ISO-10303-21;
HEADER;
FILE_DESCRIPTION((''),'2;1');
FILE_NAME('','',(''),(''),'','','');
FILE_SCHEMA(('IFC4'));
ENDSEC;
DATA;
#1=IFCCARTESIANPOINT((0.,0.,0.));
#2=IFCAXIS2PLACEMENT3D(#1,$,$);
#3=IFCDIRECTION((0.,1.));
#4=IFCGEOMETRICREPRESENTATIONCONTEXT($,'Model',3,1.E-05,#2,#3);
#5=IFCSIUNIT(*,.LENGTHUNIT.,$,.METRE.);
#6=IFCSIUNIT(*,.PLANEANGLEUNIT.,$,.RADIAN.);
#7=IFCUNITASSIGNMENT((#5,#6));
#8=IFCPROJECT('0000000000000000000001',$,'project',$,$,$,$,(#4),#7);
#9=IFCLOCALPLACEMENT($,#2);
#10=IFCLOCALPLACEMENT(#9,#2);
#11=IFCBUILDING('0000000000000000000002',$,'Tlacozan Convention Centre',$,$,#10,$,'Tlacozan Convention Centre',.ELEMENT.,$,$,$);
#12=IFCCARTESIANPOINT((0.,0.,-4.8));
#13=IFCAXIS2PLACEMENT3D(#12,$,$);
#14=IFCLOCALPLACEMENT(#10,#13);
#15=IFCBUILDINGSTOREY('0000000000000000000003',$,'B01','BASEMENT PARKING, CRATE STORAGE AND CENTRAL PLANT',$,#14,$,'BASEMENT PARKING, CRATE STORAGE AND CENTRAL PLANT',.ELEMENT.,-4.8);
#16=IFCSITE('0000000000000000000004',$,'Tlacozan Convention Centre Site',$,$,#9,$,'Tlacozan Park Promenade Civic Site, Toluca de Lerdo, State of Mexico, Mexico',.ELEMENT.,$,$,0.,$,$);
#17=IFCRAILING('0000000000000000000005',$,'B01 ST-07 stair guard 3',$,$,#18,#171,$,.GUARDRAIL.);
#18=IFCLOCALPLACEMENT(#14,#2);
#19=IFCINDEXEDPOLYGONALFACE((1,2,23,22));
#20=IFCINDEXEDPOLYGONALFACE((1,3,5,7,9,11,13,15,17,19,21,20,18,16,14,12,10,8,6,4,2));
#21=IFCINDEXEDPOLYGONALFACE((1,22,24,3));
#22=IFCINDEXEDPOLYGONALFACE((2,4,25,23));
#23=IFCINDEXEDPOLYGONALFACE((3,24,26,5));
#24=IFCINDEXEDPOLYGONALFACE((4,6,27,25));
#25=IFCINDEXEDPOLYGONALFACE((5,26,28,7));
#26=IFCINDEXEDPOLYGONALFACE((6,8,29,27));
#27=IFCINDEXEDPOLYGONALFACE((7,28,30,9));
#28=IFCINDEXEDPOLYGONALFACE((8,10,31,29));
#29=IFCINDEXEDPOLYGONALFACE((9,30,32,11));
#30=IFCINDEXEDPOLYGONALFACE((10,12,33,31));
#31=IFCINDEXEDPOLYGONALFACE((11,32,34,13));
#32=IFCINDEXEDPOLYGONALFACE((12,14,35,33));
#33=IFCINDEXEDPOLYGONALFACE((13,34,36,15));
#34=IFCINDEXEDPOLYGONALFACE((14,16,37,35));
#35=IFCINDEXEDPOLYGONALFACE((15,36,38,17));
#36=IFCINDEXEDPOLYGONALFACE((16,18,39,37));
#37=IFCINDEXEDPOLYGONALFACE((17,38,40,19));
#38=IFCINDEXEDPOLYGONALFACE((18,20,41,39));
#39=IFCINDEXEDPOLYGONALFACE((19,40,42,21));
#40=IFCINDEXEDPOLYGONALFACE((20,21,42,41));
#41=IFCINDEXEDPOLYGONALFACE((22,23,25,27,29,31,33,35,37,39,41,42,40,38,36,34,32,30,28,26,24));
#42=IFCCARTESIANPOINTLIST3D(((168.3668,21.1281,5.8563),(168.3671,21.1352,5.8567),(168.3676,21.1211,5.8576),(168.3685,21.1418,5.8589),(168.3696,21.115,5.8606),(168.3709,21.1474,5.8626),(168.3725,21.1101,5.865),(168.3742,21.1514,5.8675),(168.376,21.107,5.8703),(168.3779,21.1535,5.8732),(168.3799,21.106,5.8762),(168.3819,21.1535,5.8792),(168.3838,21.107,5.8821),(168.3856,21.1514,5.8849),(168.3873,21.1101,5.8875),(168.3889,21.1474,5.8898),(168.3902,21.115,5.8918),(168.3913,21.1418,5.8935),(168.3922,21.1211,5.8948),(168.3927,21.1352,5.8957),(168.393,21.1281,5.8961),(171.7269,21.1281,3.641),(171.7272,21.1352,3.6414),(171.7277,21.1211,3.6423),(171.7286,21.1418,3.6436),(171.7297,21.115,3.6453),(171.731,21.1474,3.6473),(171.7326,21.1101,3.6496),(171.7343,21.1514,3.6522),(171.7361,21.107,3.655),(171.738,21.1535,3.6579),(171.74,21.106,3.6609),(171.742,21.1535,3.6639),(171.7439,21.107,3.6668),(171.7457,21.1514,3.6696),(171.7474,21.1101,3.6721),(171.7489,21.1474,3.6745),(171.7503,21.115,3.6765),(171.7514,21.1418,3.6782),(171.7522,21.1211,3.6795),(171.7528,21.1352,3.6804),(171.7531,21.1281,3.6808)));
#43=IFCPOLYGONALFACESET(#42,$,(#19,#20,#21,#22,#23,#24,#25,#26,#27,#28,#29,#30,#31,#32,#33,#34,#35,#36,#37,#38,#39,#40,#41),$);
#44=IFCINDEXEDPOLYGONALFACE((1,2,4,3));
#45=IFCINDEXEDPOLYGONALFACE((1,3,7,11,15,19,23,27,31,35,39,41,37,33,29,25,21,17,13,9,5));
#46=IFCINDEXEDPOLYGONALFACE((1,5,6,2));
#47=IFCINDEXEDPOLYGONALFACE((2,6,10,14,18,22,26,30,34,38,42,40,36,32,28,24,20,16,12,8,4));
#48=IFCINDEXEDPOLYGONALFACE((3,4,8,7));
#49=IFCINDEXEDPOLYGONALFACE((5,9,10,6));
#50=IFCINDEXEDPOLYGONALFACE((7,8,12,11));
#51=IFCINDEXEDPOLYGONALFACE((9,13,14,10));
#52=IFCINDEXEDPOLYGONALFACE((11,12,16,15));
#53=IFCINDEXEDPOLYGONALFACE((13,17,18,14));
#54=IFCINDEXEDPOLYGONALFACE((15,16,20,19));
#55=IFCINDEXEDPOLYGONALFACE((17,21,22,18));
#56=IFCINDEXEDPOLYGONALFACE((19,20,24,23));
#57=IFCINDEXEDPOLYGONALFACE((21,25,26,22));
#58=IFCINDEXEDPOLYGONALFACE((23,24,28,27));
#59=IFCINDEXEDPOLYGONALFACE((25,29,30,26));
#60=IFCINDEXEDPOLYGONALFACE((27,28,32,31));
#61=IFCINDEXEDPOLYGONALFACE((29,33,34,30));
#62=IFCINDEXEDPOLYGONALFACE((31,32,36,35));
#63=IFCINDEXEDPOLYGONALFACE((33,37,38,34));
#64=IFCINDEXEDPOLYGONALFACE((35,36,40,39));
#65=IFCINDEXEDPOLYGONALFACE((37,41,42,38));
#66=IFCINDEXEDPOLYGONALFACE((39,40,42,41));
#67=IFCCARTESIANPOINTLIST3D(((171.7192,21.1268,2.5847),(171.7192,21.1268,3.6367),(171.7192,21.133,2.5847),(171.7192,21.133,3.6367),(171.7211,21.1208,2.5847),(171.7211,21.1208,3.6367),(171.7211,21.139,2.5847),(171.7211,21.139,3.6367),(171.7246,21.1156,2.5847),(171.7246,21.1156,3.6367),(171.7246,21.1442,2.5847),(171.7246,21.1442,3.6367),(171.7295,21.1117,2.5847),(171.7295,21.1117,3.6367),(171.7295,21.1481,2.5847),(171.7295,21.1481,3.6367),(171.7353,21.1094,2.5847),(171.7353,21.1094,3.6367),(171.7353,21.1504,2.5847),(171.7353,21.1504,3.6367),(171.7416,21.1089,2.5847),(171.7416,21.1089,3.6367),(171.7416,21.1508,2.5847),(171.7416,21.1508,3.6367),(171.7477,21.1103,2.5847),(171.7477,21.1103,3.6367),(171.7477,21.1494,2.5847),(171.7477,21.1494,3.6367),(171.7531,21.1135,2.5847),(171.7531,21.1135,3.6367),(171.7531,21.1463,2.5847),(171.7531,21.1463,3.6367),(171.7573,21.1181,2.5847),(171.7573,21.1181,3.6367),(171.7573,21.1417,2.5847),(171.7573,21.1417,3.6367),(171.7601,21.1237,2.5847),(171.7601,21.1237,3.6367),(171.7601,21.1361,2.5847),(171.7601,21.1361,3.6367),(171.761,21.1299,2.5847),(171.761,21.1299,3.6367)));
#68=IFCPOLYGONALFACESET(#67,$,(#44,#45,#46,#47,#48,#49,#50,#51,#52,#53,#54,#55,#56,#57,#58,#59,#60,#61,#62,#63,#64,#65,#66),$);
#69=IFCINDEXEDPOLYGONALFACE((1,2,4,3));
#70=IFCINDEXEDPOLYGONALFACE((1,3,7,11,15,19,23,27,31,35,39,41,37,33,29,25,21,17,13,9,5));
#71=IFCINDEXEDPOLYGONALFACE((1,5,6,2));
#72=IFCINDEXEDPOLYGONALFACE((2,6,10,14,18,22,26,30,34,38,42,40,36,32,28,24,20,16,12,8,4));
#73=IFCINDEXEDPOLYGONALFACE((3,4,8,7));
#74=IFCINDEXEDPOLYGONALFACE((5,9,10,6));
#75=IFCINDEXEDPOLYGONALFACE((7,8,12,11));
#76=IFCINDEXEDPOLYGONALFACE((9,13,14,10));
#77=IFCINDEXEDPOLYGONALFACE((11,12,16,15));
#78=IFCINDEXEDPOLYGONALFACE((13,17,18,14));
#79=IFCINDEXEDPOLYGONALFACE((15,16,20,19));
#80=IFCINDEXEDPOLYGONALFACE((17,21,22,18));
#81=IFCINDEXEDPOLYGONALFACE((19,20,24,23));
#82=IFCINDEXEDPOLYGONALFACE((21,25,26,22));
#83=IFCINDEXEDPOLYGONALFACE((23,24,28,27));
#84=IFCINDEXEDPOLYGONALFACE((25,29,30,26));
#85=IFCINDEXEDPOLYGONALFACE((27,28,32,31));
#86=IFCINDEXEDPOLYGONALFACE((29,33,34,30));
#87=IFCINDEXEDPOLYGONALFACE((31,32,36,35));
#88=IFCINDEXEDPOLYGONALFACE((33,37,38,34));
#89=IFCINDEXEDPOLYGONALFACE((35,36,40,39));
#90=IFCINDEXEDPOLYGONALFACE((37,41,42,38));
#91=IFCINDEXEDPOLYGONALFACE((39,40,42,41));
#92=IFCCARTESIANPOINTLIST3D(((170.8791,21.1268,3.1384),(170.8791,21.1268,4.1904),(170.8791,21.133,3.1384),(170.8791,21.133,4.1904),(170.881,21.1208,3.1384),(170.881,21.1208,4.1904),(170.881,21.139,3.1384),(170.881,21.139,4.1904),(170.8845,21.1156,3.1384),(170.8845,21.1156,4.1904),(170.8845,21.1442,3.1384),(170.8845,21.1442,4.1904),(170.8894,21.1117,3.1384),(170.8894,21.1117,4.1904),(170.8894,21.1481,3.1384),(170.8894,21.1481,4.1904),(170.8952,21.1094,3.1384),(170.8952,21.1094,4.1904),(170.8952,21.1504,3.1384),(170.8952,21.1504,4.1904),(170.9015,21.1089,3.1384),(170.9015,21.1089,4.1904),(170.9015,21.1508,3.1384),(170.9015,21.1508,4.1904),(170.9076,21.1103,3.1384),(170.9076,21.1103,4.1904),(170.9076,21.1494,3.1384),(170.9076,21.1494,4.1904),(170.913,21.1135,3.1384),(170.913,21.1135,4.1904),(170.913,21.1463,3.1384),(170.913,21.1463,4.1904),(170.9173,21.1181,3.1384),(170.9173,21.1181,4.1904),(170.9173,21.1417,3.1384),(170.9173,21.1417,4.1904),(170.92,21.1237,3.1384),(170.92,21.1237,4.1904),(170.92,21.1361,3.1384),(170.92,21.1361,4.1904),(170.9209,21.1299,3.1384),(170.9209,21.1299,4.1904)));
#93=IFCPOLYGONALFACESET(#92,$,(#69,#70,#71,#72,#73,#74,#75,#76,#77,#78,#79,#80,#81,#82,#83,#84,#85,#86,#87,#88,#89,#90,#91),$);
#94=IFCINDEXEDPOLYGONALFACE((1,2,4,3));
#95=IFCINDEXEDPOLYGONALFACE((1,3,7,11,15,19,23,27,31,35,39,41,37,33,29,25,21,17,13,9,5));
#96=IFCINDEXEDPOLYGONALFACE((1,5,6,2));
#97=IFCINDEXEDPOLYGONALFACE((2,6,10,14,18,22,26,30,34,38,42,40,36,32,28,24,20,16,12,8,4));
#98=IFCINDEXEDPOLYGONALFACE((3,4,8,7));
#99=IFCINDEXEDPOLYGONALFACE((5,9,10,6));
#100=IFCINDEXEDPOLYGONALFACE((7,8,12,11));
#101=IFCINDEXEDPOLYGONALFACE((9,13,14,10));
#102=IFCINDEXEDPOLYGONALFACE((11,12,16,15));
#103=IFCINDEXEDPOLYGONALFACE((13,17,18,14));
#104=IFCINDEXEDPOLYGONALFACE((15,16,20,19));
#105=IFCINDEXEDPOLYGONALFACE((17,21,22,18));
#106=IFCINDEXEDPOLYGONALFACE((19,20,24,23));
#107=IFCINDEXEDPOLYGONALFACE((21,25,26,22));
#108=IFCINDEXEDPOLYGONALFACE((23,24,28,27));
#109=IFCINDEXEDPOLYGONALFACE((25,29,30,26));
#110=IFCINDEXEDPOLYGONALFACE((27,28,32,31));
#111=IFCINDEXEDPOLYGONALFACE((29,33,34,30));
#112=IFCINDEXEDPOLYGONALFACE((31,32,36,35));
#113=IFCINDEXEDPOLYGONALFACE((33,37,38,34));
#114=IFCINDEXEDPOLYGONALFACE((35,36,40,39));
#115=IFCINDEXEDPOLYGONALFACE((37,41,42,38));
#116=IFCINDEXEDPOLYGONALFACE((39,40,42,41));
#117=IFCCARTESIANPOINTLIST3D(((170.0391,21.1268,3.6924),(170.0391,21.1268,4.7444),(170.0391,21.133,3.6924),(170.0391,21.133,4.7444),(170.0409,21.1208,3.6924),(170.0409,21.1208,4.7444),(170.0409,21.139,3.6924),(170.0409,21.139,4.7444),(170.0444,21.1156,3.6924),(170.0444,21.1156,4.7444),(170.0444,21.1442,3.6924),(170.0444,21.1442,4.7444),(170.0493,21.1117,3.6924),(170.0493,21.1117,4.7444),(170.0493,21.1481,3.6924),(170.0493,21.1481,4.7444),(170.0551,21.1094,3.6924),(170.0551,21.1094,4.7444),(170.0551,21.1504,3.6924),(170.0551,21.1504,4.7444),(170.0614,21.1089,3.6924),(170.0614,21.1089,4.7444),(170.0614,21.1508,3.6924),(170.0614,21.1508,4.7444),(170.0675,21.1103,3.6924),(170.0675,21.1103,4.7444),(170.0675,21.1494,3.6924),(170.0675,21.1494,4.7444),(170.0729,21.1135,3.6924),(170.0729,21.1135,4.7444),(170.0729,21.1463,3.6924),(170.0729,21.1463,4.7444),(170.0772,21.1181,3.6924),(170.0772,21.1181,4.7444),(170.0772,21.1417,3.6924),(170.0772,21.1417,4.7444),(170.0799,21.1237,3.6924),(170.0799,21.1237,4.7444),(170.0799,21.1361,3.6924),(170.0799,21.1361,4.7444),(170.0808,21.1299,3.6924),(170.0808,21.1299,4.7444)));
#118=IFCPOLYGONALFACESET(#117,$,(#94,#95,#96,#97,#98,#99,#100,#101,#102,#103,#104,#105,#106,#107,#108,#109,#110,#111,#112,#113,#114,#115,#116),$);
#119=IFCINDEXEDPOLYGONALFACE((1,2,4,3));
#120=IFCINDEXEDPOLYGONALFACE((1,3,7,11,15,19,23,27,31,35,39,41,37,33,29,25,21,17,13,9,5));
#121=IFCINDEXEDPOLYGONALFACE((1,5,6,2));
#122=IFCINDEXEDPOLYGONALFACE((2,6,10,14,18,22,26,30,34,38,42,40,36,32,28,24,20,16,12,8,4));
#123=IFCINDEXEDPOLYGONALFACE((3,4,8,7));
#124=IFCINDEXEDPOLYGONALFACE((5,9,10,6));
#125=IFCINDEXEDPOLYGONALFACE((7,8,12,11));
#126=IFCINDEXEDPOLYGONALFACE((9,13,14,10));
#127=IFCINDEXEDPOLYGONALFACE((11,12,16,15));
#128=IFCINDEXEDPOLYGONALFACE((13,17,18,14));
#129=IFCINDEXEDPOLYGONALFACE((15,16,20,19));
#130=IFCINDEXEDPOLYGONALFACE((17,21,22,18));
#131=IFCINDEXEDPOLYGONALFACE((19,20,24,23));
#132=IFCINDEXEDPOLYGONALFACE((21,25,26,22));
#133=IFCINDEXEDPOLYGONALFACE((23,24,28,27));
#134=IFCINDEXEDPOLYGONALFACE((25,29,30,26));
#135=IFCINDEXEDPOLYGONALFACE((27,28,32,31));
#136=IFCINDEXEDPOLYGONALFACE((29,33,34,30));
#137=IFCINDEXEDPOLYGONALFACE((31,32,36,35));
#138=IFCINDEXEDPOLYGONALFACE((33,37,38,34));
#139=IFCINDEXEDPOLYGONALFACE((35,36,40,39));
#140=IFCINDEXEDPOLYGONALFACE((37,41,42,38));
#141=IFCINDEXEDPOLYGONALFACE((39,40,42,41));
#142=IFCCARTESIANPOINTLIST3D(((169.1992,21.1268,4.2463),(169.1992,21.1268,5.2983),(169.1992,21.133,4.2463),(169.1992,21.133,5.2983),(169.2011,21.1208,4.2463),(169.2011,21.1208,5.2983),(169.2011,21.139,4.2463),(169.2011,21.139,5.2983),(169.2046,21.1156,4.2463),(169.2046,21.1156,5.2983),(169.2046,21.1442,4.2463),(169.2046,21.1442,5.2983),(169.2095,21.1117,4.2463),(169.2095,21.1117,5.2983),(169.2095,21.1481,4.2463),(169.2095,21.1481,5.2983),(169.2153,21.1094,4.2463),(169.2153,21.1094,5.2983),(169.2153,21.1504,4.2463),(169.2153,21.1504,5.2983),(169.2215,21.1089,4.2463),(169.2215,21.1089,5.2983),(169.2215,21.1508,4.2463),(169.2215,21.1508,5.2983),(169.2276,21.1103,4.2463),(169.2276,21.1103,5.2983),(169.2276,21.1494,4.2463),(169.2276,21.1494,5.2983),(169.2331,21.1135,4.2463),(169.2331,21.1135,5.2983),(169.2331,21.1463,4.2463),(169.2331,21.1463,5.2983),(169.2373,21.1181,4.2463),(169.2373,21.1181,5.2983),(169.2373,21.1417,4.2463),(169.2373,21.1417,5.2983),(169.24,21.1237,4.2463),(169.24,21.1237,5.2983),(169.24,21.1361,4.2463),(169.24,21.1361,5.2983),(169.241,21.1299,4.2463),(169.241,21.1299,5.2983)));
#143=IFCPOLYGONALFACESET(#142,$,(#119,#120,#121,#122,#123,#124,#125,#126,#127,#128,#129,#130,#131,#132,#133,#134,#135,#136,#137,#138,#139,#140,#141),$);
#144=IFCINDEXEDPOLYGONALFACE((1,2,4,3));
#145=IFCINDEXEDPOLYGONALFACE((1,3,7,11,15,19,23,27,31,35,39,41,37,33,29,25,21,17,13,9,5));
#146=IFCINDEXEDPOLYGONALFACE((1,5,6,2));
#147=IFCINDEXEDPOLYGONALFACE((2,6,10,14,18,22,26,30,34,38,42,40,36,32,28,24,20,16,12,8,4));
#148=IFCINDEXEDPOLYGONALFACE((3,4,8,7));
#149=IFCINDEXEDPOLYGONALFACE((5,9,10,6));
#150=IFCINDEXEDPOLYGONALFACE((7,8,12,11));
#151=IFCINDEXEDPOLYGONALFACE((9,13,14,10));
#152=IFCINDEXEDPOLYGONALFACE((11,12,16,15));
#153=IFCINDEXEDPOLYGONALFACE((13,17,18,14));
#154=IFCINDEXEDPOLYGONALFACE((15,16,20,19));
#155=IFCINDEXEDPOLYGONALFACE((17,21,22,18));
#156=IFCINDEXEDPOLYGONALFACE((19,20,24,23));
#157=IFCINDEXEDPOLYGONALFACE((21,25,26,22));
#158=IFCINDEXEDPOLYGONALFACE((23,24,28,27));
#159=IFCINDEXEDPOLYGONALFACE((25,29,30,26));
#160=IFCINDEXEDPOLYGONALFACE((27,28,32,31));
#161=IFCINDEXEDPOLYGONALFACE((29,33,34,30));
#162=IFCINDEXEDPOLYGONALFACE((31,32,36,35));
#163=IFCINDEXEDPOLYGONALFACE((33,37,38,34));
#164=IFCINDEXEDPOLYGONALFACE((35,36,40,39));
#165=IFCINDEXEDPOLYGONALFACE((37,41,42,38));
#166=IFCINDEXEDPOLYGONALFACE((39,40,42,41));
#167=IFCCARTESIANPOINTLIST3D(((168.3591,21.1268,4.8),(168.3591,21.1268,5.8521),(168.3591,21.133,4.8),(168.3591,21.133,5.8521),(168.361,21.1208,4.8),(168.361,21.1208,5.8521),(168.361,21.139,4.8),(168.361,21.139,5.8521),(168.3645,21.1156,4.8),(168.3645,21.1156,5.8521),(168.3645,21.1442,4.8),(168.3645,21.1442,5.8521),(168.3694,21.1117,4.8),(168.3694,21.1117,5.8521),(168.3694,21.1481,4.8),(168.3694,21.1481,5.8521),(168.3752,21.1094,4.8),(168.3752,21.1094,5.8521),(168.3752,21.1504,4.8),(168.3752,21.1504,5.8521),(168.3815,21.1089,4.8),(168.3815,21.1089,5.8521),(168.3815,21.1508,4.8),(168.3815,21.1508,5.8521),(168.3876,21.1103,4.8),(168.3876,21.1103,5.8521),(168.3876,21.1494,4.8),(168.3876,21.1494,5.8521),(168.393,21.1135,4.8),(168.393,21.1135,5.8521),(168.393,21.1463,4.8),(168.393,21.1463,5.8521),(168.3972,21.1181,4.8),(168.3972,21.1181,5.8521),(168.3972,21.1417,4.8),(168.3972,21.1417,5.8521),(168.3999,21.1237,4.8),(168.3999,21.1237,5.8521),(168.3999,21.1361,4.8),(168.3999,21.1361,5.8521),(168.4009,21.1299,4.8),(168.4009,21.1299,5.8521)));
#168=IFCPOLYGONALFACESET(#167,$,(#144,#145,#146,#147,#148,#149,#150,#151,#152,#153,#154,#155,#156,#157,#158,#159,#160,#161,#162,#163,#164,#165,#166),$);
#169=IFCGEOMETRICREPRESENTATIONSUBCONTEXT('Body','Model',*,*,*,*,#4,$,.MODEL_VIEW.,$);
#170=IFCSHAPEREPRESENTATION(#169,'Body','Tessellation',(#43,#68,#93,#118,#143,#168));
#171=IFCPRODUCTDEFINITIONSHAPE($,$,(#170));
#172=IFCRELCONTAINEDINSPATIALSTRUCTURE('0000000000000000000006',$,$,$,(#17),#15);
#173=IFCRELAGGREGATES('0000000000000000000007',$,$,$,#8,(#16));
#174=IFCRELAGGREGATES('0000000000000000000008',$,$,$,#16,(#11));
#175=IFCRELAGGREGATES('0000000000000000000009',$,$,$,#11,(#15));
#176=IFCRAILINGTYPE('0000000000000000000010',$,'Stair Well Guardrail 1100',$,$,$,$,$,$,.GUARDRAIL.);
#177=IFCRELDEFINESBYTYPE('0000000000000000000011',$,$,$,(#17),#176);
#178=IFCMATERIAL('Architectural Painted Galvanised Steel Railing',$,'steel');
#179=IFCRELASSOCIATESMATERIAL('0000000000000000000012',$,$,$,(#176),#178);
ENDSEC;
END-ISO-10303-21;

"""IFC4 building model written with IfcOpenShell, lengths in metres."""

from ifc_helpers import new_model, si_unit, direction, frame, origin, origin_2d, place, context, subcontext, project, spatial, circle, extrude, material, type_object, element, save


model = new_model("IFC4")

# Units and contexts
model_context = context("Model", 3, precision=1e-05, world=origin(), true_north=direction((0.0, 1.0)))
body_context = subcontext(model_context, "Body", "Model", "MODEL_VIEW")
ifc_project = project(units=[si_unit("LENGTHUNIT", "METRE"), si_unit("PLANEANGLEUNIT", "RADIAN")], contexts=[model_context])

# Site, building, storey
site_placement = place(None, origin())
site = spatial("IfcSite", under=ifc_project, at=site_placement, Name="Tlacozan Convention Centre Site", LongName="Tlacozan Park Promenade Civic Site, Toluca de Lerdo, State of Mexico, Mexico", CompositionType="ELEMENT", RefElevation=0.0)
building_placement = place(site_placement, origin())
building = spatial("IfcBuilding", under=site, at=building_placement, Name="Tlacozan Convention Centre", LongName="Tlacozan Convention Centre", CompositionType="ELEMENT")
storey_placement = place(building_placement, frame((0.0, 0.0, -4.8)))
storey = spatial("IfcBuildingStorey", under=building, at=storey_placement, Name="B01", Description="BASEMENT PARKING, CRATE STORAGE AND CENTRAL PLANT", LongName="BASEMENT PARKING, CRATE STORAGE AND CENTRAL PLANT", CompositionType="ELEMENT", Elevation=-4.8)

# Railing
ifc_material_1 = material(Name="Architectural Painted Galvanised Steel Railing", Category="steel")
railing_type_1 = type_object("IfcRailingType", Name="Stair Well Guardrail 1100", PredefinedType="GUARDRAIL", material=ifc_material_1)
railing_1_placement = place(storey_placement, frame((171.74, 21.1299, 2.5847)))
element("IfcRailing", 1, at=railing_1_placement, inside=storey, type_object=railing_type_1, Name="B01 ST-07 stair guard 3", PredefinedType="GUARDRAIL", context=body_context, shape_type="SweptSolid", body=[
    extrude(circle(Radius=0.0239, at=origin_2d()), frame((0.0, 0.0, 1.0762), z_axis=(-0.834876, 0.0, 0.550437), x_axis=(0.0, -1.0, 0.0)), (0.0, 0.0, 1.0), 4.0247),
    extrude(circle(Radius=0.021, at=origin_2d()), origin(), (0.0, 0.0, 1.0), 1.052),
    extrude(circle(Radius=0.021, at=origin_2d()), frame((-0.8401, 0.0, 0.5537)), (0.0, 0.0, 1.0), 1.052),
    extrude(circle(Radius=0.021, at=origin_2d()), frame((-1.6802, 0.0, 1.1077)), (0.0, 0.0, 1.0), 1.052),
    extrude(circle(Radius=0.021, at=origin_2d()), frame((-2.52, 0.0, 1.6616)), (0.0, 0.0, 1.0), 1.052),
    extrude(circle(Radius=0.021, at=origin_2d()), frame((-3.3601, 0.0, 2.2153)), (0.0, 0.0, 1.0), 1.052),
])

save(model, "model.ifc")
